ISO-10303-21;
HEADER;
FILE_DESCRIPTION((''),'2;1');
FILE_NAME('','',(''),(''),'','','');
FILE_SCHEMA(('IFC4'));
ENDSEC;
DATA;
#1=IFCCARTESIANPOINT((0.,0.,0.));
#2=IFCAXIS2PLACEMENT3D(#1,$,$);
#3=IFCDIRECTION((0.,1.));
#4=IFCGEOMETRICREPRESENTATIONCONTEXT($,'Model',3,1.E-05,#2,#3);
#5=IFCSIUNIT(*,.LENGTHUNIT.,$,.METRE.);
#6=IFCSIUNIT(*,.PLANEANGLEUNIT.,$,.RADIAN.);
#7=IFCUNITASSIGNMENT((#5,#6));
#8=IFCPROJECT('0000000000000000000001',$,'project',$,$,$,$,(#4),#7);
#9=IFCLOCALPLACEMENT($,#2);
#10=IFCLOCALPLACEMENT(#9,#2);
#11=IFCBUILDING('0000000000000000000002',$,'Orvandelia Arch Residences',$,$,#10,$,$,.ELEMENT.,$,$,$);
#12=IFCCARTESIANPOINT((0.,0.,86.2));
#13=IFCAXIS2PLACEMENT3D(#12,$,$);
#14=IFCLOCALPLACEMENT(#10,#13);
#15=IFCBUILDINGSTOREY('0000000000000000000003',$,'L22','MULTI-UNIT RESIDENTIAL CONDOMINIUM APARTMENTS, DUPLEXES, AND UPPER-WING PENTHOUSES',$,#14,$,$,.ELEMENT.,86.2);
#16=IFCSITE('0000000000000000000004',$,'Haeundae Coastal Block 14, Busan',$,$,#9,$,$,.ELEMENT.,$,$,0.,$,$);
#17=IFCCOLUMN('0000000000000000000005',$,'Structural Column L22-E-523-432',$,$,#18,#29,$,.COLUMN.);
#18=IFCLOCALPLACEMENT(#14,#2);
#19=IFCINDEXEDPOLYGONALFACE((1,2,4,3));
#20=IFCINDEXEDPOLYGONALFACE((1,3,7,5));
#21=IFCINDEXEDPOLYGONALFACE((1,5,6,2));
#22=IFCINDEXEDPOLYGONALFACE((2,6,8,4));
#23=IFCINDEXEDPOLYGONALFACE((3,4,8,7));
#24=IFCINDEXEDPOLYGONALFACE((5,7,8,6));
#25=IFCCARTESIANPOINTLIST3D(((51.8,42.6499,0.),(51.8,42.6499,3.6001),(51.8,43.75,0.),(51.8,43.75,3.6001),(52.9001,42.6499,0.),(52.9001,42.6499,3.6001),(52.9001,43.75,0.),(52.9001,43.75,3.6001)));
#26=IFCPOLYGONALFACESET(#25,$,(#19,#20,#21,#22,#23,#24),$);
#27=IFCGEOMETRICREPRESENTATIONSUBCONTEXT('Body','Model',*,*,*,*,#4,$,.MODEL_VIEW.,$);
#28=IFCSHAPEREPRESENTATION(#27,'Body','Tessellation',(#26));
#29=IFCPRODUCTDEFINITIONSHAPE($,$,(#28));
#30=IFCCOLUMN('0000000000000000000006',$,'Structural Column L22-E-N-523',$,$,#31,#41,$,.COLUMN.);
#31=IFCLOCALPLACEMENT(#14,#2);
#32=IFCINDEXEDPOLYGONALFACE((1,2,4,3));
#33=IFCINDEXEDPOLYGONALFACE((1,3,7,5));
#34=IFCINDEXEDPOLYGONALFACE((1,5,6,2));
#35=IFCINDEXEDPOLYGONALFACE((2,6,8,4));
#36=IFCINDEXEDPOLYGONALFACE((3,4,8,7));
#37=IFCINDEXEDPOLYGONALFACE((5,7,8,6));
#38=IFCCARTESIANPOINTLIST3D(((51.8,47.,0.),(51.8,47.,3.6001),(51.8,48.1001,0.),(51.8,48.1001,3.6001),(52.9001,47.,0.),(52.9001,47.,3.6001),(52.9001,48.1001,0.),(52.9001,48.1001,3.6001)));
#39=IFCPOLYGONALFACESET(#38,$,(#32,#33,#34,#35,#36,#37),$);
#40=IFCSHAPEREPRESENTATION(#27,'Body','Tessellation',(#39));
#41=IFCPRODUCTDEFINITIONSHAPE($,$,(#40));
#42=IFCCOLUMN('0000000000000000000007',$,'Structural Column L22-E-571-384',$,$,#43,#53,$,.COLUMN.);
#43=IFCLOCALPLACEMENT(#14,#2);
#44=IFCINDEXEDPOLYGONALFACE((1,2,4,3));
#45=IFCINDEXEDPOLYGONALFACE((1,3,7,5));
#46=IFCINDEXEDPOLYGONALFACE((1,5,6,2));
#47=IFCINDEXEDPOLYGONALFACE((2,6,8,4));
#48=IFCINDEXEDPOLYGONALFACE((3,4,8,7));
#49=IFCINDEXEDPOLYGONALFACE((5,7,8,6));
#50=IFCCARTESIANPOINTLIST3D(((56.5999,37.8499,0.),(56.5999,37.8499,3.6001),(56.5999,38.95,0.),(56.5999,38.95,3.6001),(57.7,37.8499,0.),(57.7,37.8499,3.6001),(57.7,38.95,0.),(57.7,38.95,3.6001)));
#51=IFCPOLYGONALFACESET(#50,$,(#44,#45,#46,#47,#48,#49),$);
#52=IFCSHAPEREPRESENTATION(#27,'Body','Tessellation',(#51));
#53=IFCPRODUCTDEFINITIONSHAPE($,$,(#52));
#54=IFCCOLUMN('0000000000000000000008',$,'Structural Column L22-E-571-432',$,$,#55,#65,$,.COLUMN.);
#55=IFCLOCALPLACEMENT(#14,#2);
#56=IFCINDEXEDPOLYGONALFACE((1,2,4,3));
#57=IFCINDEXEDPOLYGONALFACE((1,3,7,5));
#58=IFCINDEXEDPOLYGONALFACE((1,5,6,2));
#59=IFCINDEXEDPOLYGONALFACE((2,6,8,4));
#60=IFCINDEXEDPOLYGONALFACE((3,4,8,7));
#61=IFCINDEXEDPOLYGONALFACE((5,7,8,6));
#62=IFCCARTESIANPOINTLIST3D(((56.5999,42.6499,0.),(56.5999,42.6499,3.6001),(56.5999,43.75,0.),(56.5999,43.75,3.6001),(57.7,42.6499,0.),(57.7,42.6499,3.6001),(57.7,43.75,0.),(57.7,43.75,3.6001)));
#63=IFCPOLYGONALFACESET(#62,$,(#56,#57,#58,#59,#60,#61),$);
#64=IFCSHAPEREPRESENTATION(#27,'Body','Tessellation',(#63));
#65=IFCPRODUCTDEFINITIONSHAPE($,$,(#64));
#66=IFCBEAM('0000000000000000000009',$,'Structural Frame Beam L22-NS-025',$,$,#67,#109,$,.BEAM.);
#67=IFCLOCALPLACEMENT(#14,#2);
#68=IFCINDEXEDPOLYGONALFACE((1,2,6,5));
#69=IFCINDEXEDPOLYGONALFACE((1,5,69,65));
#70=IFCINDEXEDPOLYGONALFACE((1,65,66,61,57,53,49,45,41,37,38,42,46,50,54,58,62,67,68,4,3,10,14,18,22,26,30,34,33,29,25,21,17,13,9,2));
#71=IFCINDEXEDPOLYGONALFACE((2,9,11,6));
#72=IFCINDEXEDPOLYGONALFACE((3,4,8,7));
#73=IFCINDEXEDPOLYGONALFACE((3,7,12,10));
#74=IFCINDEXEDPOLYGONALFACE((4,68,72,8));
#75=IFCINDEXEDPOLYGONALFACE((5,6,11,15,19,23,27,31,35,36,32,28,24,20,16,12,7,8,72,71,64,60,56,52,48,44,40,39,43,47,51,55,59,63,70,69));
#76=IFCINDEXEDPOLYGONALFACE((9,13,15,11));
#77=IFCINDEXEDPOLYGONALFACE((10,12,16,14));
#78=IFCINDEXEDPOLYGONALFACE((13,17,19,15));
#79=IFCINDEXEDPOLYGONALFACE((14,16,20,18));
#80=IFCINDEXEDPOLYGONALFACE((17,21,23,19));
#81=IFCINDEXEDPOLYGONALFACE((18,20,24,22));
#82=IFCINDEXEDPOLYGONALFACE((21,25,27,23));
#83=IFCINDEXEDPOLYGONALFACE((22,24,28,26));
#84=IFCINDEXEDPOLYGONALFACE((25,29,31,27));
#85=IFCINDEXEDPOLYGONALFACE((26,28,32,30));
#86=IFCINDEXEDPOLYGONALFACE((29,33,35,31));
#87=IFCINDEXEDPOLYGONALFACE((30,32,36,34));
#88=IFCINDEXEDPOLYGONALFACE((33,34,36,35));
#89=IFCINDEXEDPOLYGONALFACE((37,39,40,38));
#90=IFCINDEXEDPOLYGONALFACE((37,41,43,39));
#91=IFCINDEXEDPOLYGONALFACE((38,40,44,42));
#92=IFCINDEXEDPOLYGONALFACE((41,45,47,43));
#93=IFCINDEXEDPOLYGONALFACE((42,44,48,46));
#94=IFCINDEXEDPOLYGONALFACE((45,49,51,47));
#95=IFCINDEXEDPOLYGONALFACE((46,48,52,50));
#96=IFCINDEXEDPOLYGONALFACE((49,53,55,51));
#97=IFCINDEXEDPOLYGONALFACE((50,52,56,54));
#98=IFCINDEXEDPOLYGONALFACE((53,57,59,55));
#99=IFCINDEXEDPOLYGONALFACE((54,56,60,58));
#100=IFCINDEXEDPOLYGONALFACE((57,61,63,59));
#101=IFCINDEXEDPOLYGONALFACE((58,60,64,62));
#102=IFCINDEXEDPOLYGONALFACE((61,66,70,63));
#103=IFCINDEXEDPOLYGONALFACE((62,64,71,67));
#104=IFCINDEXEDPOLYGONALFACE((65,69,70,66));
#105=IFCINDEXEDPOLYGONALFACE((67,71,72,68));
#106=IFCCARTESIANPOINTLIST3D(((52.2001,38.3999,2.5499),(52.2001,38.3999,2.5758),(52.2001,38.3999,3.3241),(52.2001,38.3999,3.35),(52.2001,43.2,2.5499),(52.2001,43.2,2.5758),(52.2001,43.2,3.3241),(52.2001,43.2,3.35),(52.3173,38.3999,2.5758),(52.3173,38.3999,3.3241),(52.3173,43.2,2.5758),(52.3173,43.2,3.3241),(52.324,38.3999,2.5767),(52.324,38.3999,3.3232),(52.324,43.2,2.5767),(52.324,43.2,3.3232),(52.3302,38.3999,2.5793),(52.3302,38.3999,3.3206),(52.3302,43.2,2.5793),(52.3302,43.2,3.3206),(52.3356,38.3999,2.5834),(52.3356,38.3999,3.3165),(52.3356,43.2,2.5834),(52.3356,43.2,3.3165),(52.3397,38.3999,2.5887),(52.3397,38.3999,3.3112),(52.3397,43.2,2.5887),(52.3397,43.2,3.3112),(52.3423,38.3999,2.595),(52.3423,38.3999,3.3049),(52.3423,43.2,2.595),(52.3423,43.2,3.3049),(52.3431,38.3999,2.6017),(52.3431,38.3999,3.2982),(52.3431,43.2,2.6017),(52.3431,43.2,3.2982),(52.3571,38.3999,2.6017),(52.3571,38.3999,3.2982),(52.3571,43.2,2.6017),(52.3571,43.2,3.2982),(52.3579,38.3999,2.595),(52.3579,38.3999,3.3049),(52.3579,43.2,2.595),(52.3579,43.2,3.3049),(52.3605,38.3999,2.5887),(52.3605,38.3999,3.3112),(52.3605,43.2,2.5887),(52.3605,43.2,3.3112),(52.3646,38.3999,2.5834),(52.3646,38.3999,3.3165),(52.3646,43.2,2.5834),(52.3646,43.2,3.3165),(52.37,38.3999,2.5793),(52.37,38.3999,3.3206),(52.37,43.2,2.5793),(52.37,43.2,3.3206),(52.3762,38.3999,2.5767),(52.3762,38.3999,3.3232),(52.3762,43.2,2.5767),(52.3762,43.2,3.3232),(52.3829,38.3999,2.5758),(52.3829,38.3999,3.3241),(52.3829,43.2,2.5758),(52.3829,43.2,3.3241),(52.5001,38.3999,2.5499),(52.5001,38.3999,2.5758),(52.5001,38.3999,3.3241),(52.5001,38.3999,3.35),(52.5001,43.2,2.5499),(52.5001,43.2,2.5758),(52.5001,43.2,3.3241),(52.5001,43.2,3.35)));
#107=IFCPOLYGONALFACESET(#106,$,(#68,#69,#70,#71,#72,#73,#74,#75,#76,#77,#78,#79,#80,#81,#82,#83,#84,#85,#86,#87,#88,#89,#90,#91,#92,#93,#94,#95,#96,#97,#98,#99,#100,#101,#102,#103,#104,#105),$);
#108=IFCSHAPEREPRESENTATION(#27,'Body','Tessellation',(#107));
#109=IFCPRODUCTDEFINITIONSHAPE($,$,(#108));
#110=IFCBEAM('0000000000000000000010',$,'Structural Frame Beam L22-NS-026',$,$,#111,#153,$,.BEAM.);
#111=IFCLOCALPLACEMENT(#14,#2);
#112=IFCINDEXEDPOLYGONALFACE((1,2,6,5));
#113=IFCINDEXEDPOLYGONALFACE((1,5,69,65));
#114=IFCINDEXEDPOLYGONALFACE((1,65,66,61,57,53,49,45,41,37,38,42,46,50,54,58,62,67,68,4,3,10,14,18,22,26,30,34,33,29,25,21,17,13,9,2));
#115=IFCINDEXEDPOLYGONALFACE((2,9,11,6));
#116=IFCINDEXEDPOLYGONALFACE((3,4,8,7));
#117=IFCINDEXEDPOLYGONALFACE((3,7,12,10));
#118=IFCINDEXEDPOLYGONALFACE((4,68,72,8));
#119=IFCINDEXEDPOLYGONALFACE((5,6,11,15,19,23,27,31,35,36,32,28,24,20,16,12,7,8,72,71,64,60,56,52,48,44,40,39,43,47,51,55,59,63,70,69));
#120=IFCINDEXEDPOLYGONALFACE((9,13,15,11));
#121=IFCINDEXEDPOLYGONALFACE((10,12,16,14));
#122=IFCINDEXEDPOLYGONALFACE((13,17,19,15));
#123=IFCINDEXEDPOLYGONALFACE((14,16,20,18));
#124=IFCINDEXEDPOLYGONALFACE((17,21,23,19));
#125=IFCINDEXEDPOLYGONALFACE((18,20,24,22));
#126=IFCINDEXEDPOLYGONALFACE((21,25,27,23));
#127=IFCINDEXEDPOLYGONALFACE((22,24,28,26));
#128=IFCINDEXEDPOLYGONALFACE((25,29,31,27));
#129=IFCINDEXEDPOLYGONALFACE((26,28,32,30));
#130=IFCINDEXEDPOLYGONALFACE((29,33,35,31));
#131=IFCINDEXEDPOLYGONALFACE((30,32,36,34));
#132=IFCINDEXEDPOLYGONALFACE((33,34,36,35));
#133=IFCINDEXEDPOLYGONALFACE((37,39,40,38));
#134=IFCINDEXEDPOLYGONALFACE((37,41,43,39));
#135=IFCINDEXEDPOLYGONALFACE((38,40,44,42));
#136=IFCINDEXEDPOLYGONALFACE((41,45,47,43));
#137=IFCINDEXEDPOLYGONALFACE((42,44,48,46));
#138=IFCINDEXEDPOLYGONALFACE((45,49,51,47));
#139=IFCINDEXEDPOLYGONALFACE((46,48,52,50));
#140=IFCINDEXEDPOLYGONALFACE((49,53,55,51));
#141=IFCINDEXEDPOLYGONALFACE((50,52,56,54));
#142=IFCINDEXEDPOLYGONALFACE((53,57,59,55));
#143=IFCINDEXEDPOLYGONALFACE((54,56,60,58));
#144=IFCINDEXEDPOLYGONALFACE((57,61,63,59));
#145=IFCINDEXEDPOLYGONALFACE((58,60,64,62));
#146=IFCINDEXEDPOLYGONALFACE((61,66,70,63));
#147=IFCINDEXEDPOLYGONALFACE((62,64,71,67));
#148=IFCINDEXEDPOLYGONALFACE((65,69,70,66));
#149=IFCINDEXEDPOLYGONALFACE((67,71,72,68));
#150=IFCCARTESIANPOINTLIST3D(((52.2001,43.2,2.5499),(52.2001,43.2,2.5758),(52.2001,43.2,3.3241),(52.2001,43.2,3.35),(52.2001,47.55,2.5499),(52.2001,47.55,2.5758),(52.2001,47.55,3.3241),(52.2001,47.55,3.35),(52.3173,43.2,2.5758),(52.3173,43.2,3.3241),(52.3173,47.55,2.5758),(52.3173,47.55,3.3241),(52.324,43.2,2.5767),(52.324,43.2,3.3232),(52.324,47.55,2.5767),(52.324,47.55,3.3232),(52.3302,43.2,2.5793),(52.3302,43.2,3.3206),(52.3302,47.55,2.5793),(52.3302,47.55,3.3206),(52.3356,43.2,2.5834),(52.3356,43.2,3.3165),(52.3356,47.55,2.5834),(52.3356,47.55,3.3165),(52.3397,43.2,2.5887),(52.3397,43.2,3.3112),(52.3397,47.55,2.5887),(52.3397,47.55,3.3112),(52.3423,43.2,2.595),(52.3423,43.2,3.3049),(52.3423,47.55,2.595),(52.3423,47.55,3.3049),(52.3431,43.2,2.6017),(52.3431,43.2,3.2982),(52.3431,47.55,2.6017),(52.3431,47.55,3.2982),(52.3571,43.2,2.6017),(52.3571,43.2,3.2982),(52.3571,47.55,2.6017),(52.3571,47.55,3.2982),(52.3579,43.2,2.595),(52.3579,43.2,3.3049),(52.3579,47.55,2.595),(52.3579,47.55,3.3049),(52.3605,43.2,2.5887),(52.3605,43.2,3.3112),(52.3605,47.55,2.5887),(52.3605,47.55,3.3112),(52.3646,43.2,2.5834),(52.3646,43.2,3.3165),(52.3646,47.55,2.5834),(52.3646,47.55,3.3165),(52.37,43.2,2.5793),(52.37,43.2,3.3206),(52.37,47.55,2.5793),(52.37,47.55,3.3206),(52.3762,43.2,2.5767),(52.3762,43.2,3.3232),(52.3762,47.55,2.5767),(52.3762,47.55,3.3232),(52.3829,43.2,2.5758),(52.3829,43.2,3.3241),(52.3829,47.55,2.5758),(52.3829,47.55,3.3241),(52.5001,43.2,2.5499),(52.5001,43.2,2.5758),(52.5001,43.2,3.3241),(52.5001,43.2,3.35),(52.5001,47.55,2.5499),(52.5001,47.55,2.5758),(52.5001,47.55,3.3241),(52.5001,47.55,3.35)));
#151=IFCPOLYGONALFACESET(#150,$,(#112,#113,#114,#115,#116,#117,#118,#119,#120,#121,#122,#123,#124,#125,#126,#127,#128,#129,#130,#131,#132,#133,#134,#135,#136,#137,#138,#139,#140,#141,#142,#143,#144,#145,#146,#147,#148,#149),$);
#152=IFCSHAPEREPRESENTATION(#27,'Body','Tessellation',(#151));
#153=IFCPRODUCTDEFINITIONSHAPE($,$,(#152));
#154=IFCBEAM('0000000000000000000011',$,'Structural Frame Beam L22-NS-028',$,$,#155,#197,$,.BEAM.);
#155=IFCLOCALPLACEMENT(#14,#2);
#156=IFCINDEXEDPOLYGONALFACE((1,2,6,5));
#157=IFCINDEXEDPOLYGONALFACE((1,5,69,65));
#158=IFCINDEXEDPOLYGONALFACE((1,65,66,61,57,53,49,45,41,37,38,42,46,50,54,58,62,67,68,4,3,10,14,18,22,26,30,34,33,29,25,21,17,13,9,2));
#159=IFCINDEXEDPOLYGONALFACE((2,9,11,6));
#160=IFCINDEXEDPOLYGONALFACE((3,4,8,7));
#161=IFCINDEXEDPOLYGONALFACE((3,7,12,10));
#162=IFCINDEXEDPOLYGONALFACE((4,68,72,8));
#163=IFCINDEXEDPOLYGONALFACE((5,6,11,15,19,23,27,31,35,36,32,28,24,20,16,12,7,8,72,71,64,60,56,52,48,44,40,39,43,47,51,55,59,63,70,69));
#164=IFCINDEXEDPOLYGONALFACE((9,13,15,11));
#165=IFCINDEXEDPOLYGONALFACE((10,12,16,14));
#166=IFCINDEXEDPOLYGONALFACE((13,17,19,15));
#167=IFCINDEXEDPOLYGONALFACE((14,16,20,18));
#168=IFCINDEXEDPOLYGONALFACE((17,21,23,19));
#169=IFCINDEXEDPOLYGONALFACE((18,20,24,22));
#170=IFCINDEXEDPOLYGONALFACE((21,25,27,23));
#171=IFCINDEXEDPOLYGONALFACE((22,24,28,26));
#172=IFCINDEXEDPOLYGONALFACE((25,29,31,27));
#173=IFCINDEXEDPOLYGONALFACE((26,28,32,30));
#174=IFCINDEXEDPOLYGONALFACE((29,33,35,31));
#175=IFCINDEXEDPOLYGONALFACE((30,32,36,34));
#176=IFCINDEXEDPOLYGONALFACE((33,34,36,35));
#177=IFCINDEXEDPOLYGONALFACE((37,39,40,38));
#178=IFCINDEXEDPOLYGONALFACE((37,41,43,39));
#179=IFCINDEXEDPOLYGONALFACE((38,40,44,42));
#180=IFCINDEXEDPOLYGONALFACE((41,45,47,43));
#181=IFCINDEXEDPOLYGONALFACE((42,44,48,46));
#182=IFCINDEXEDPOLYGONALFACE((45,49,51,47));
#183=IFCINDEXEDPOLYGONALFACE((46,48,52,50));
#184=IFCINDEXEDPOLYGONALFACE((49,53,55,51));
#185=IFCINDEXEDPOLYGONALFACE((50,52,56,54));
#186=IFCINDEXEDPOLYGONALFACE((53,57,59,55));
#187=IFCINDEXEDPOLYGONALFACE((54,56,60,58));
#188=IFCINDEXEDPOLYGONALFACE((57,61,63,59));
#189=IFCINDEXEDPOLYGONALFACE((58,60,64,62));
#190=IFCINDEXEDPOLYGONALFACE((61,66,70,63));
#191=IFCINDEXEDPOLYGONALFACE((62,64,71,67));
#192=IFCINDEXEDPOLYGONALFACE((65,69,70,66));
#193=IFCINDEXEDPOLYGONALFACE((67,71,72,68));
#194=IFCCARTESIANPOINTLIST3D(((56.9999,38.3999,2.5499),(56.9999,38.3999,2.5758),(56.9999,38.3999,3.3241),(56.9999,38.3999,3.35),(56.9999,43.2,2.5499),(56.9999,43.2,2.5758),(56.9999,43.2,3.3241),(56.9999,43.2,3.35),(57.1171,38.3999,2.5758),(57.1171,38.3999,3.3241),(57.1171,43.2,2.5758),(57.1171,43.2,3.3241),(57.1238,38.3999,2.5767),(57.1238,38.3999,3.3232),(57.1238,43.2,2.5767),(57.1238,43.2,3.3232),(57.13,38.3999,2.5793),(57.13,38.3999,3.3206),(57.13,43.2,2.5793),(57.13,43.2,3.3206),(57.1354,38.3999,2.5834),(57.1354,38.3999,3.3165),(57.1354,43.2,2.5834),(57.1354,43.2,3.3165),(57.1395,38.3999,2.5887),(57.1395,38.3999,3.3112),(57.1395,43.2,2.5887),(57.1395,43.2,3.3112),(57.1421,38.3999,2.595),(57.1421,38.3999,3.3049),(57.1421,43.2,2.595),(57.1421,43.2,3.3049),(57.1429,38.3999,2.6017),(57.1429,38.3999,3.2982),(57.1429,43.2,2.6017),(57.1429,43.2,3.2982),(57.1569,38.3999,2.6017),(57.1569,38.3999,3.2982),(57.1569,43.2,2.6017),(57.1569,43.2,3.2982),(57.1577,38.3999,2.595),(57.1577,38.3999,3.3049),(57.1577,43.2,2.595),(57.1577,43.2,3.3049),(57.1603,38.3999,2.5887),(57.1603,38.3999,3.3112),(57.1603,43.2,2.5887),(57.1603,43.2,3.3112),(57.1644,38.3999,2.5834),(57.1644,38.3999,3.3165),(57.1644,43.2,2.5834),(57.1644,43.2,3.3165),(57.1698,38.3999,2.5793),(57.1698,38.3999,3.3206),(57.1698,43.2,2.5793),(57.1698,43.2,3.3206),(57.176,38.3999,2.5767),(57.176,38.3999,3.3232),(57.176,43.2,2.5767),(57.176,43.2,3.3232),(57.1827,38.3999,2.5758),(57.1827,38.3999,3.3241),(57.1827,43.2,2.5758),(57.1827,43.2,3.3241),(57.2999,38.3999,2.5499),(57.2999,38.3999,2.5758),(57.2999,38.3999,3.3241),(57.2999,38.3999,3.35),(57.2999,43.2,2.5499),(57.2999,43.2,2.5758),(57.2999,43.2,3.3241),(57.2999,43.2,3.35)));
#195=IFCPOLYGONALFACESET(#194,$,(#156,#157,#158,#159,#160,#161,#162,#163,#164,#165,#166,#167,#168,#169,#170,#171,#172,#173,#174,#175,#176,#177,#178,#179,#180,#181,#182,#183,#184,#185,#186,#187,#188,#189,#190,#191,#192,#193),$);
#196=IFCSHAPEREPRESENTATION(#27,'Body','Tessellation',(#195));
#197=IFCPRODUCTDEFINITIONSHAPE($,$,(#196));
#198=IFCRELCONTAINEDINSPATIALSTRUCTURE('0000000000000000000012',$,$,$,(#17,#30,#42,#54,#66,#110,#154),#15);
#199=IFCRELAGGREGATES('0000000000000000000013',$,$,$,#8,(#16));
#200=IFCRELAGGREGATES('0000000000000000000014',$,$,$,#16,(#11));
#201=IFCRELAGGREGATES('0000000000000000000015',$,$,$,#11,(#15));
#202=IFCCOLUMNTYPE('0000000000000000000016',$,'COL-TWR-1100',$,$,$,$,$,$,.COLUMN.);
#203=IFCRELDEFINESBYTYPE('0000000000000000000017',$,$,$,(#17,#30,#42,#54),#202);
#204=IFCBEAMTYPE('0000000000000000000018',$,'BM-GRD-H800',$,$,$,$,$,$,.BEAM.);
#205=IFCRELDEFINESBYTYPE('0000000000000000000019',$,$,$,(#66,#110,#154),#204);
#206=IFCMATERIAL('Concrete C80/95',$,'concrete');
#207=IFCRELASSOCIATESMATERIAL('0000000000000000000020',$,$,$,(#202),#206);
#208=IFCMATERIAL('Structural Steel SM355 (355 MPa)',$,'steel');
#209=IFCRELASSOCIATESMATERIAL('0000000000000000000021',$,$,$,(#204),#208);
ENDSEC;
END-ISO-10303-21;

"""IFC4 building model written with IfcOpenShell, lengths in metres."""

from ifc_helpers import new_model, si_unit, direction, frame, origin, origin_2d, place, context, subcontext, project, spatial, rectangle, i_section, extrude, material, material_profile, profile_set, type_object, element, save


model = new_model("IFC4")

# Units and contexts
model_context = context("Model", 3, precision=1e-05, world=origin(), true_north=direction((0.0, 1.0)))
body_context = subcontext(model_context, "Body", "Model", "MODEL_VIEW")
ifc_project = project(units=[si_unit("LENGTHUNIT", "METRE"), si_unit("PLANEANGLEUNIT", "RADIAN")], contexts=[model_context])

# Site, building, storey
site_placement = place(None, origin())
site = spatial("IfcSite", under=ifc_project, at=site_placement, Name="Haeundae Coastal Block 14, Busan", CompositionType="ELEMENT", RefElevation=0.0)
building_placement = place(site_placement, origin())
building = spatial("IfcBuilding", under=site, at=building_placement, Name="Orvandelia Arch Residences", CompositionType="ELEMENT")
storey_placement = place(building_placement, frame((0.0, 0.0, 86.2)))
storey = spatial("IfcBuildingStorey", under=building, at=storey_placement, Name="L22", Description="MULTI-UNIT RESIDENTIAL CONDOMINIUM APARTMENTS, DUPLEXES, AND UPPER-WING PENTHOUSES", CompositionType="ELEMENT", Elevation=86.2)

# Columns
ifc_material_1 = material(Name="Concrete C80/95", Category="concrete")
ifc_material_profile_1 = material_profile(ifc_material_1, rectangle(XDim=1.1001, YDim=1.1001, at=origin_2d()), Name="Concrete C80/95", Category="concrete")
ifc_profile_set_1 = profile_set([ifc_material_profile_1], Name="Concrete C80/95")
column_type = type_object("IfcColumnType", Name="COL-TWR-1100", PredefinedType="COLUMN", material=ifc_profile_set_1)
for number, where, z_axis, x_axis, name in (
    (1, (52.3501, 43.2, 0.0), (0.0, 0.0, 1.0), (1.0, 0.0, 0.0), "Structural Column L22-E-523-432"),
    (2, (52.3501, 47.55, 0.0), (0.0, 0.0, 1.0), (1.0, 0.0, 0.0), "Structural Column L22-E-N-523"),
    (3, (57.1499, 38.3999, 0.0), (0.0, 0.0, 1.0), (1.0, 0.0, 0.0), "Structural Column L22-E-571-384"),
    (4, (57.1499, 43.2, 0.0), (0.0, 0.0, 1.0), (1.0, 0.0, 0.0), "Structural Column L22-E-571-432"),
):
    element("IfcColumn", number, at=place(storey_placement, frame(where, z_axis=z_axis, x_axis=x_axis)), inside=storey, type_object=column_type, Name=name, PredefinedType="COLUMN", context=body_context, shape_type="SweptSolid", body=[
        extrude(rectangle(XDim=1.1001, YDim=1.1001, at=origin_2d()), origin(), (0.0, 0.0, 1.0), 3.6001),
    ])

# Beams
ifc_material_2 = material(Name="Structural Steel SM355 (355 MPa)", Category="steel")
ifc_material_profile_2 = material_profile(ifc_material_2, i_section(OverallWidth=0.3, OverallDepth=0.8, WebThickness=0.0139, FlangeThickness=0.0259, FilletRadius=0.0259, at=origin_2d()), Name="Structural Steel SM355 (355 MPa)", Category="steel")
ifc_profile_set_2 = profile_set([ifc_material_profile_2], Name="Structural Steel SM355 (355 MPa)")
beam_type = type_object("IfcBeamType", Name="BM-GRD-H800", PredefinedType="BEAM", material=ifc_profile_set_2)
beam_1_placement = place(storey_placement, frame((52.3501, 38.3999, 2.95), z_axis=(0.0, 1.0, 0.0), x_axis=(-1.0, 0.0, 0.0)))
element("IfcBeam", 5, at=beam_1_placement, inside=storey, type_object=beam_type, Name="Structural Frame Beam L22-NS-025", PredefinedType="BEAM", context=body_context, shape_type="SweptSolid", body=[
    extrude(i_section(OverallWidth=0.3, OverallDepth=0.8, WebThickness=0.0139, FlangeThickness=0.0259, FilletRadius=0.0259, at=origin_2d()), origin(), (0.0, 0.0, 1.0), 4.8),
])
beam_2_placement = place(storey_placement, frame((52.3501, 43.2, 2.95), z_axis=(0.0, 1.0, 0.0), x_axis=(-1.0, 0.0, 0.0)))
element("IfcBeam", 6, at=beam_2_placement, inside=storey, type_object=beam_type, Name="Structural Frame Beam L22-NS-026", PredefinedType="BEAM", context=body_context, shape_type="SweptSolid", body=[
    extrude(i_section(OverallWidth=0.3, OverallDepth=0.8, WebThickness=0.0139, FlangeThickness=0.0259, FilletRadius=0.0259, at=origin_2d()), origin(), (0.0, 0.0, 1.0), 4.3501),
])
beam_3_placement = place(storey_placement, frame((57.1499, 38.3999, 2.95), z_axis=(0.0, 1.0, 0.0), x_axis=(-1.0, 0.0, 0.0)))
element("IfcBeam", 7, at=beam_3_placement, inside=storey, type_object=beam_type, Name="Structural Frame Beam L22-NS-028", PredefinedType="BEAM", context=body_context, shape_type="SweptSolid", body=[
    extrude(i_section(OverallWidth=0.3, OverallDepth=0.8, WebThickness=0.0139, FlangeThickness=0.0259, FilletRadius=0.0259, at=origin_2d()), origin(), (0.0, 0.0, 1.0), 4.8),
])

save(model, "model.ifc")
